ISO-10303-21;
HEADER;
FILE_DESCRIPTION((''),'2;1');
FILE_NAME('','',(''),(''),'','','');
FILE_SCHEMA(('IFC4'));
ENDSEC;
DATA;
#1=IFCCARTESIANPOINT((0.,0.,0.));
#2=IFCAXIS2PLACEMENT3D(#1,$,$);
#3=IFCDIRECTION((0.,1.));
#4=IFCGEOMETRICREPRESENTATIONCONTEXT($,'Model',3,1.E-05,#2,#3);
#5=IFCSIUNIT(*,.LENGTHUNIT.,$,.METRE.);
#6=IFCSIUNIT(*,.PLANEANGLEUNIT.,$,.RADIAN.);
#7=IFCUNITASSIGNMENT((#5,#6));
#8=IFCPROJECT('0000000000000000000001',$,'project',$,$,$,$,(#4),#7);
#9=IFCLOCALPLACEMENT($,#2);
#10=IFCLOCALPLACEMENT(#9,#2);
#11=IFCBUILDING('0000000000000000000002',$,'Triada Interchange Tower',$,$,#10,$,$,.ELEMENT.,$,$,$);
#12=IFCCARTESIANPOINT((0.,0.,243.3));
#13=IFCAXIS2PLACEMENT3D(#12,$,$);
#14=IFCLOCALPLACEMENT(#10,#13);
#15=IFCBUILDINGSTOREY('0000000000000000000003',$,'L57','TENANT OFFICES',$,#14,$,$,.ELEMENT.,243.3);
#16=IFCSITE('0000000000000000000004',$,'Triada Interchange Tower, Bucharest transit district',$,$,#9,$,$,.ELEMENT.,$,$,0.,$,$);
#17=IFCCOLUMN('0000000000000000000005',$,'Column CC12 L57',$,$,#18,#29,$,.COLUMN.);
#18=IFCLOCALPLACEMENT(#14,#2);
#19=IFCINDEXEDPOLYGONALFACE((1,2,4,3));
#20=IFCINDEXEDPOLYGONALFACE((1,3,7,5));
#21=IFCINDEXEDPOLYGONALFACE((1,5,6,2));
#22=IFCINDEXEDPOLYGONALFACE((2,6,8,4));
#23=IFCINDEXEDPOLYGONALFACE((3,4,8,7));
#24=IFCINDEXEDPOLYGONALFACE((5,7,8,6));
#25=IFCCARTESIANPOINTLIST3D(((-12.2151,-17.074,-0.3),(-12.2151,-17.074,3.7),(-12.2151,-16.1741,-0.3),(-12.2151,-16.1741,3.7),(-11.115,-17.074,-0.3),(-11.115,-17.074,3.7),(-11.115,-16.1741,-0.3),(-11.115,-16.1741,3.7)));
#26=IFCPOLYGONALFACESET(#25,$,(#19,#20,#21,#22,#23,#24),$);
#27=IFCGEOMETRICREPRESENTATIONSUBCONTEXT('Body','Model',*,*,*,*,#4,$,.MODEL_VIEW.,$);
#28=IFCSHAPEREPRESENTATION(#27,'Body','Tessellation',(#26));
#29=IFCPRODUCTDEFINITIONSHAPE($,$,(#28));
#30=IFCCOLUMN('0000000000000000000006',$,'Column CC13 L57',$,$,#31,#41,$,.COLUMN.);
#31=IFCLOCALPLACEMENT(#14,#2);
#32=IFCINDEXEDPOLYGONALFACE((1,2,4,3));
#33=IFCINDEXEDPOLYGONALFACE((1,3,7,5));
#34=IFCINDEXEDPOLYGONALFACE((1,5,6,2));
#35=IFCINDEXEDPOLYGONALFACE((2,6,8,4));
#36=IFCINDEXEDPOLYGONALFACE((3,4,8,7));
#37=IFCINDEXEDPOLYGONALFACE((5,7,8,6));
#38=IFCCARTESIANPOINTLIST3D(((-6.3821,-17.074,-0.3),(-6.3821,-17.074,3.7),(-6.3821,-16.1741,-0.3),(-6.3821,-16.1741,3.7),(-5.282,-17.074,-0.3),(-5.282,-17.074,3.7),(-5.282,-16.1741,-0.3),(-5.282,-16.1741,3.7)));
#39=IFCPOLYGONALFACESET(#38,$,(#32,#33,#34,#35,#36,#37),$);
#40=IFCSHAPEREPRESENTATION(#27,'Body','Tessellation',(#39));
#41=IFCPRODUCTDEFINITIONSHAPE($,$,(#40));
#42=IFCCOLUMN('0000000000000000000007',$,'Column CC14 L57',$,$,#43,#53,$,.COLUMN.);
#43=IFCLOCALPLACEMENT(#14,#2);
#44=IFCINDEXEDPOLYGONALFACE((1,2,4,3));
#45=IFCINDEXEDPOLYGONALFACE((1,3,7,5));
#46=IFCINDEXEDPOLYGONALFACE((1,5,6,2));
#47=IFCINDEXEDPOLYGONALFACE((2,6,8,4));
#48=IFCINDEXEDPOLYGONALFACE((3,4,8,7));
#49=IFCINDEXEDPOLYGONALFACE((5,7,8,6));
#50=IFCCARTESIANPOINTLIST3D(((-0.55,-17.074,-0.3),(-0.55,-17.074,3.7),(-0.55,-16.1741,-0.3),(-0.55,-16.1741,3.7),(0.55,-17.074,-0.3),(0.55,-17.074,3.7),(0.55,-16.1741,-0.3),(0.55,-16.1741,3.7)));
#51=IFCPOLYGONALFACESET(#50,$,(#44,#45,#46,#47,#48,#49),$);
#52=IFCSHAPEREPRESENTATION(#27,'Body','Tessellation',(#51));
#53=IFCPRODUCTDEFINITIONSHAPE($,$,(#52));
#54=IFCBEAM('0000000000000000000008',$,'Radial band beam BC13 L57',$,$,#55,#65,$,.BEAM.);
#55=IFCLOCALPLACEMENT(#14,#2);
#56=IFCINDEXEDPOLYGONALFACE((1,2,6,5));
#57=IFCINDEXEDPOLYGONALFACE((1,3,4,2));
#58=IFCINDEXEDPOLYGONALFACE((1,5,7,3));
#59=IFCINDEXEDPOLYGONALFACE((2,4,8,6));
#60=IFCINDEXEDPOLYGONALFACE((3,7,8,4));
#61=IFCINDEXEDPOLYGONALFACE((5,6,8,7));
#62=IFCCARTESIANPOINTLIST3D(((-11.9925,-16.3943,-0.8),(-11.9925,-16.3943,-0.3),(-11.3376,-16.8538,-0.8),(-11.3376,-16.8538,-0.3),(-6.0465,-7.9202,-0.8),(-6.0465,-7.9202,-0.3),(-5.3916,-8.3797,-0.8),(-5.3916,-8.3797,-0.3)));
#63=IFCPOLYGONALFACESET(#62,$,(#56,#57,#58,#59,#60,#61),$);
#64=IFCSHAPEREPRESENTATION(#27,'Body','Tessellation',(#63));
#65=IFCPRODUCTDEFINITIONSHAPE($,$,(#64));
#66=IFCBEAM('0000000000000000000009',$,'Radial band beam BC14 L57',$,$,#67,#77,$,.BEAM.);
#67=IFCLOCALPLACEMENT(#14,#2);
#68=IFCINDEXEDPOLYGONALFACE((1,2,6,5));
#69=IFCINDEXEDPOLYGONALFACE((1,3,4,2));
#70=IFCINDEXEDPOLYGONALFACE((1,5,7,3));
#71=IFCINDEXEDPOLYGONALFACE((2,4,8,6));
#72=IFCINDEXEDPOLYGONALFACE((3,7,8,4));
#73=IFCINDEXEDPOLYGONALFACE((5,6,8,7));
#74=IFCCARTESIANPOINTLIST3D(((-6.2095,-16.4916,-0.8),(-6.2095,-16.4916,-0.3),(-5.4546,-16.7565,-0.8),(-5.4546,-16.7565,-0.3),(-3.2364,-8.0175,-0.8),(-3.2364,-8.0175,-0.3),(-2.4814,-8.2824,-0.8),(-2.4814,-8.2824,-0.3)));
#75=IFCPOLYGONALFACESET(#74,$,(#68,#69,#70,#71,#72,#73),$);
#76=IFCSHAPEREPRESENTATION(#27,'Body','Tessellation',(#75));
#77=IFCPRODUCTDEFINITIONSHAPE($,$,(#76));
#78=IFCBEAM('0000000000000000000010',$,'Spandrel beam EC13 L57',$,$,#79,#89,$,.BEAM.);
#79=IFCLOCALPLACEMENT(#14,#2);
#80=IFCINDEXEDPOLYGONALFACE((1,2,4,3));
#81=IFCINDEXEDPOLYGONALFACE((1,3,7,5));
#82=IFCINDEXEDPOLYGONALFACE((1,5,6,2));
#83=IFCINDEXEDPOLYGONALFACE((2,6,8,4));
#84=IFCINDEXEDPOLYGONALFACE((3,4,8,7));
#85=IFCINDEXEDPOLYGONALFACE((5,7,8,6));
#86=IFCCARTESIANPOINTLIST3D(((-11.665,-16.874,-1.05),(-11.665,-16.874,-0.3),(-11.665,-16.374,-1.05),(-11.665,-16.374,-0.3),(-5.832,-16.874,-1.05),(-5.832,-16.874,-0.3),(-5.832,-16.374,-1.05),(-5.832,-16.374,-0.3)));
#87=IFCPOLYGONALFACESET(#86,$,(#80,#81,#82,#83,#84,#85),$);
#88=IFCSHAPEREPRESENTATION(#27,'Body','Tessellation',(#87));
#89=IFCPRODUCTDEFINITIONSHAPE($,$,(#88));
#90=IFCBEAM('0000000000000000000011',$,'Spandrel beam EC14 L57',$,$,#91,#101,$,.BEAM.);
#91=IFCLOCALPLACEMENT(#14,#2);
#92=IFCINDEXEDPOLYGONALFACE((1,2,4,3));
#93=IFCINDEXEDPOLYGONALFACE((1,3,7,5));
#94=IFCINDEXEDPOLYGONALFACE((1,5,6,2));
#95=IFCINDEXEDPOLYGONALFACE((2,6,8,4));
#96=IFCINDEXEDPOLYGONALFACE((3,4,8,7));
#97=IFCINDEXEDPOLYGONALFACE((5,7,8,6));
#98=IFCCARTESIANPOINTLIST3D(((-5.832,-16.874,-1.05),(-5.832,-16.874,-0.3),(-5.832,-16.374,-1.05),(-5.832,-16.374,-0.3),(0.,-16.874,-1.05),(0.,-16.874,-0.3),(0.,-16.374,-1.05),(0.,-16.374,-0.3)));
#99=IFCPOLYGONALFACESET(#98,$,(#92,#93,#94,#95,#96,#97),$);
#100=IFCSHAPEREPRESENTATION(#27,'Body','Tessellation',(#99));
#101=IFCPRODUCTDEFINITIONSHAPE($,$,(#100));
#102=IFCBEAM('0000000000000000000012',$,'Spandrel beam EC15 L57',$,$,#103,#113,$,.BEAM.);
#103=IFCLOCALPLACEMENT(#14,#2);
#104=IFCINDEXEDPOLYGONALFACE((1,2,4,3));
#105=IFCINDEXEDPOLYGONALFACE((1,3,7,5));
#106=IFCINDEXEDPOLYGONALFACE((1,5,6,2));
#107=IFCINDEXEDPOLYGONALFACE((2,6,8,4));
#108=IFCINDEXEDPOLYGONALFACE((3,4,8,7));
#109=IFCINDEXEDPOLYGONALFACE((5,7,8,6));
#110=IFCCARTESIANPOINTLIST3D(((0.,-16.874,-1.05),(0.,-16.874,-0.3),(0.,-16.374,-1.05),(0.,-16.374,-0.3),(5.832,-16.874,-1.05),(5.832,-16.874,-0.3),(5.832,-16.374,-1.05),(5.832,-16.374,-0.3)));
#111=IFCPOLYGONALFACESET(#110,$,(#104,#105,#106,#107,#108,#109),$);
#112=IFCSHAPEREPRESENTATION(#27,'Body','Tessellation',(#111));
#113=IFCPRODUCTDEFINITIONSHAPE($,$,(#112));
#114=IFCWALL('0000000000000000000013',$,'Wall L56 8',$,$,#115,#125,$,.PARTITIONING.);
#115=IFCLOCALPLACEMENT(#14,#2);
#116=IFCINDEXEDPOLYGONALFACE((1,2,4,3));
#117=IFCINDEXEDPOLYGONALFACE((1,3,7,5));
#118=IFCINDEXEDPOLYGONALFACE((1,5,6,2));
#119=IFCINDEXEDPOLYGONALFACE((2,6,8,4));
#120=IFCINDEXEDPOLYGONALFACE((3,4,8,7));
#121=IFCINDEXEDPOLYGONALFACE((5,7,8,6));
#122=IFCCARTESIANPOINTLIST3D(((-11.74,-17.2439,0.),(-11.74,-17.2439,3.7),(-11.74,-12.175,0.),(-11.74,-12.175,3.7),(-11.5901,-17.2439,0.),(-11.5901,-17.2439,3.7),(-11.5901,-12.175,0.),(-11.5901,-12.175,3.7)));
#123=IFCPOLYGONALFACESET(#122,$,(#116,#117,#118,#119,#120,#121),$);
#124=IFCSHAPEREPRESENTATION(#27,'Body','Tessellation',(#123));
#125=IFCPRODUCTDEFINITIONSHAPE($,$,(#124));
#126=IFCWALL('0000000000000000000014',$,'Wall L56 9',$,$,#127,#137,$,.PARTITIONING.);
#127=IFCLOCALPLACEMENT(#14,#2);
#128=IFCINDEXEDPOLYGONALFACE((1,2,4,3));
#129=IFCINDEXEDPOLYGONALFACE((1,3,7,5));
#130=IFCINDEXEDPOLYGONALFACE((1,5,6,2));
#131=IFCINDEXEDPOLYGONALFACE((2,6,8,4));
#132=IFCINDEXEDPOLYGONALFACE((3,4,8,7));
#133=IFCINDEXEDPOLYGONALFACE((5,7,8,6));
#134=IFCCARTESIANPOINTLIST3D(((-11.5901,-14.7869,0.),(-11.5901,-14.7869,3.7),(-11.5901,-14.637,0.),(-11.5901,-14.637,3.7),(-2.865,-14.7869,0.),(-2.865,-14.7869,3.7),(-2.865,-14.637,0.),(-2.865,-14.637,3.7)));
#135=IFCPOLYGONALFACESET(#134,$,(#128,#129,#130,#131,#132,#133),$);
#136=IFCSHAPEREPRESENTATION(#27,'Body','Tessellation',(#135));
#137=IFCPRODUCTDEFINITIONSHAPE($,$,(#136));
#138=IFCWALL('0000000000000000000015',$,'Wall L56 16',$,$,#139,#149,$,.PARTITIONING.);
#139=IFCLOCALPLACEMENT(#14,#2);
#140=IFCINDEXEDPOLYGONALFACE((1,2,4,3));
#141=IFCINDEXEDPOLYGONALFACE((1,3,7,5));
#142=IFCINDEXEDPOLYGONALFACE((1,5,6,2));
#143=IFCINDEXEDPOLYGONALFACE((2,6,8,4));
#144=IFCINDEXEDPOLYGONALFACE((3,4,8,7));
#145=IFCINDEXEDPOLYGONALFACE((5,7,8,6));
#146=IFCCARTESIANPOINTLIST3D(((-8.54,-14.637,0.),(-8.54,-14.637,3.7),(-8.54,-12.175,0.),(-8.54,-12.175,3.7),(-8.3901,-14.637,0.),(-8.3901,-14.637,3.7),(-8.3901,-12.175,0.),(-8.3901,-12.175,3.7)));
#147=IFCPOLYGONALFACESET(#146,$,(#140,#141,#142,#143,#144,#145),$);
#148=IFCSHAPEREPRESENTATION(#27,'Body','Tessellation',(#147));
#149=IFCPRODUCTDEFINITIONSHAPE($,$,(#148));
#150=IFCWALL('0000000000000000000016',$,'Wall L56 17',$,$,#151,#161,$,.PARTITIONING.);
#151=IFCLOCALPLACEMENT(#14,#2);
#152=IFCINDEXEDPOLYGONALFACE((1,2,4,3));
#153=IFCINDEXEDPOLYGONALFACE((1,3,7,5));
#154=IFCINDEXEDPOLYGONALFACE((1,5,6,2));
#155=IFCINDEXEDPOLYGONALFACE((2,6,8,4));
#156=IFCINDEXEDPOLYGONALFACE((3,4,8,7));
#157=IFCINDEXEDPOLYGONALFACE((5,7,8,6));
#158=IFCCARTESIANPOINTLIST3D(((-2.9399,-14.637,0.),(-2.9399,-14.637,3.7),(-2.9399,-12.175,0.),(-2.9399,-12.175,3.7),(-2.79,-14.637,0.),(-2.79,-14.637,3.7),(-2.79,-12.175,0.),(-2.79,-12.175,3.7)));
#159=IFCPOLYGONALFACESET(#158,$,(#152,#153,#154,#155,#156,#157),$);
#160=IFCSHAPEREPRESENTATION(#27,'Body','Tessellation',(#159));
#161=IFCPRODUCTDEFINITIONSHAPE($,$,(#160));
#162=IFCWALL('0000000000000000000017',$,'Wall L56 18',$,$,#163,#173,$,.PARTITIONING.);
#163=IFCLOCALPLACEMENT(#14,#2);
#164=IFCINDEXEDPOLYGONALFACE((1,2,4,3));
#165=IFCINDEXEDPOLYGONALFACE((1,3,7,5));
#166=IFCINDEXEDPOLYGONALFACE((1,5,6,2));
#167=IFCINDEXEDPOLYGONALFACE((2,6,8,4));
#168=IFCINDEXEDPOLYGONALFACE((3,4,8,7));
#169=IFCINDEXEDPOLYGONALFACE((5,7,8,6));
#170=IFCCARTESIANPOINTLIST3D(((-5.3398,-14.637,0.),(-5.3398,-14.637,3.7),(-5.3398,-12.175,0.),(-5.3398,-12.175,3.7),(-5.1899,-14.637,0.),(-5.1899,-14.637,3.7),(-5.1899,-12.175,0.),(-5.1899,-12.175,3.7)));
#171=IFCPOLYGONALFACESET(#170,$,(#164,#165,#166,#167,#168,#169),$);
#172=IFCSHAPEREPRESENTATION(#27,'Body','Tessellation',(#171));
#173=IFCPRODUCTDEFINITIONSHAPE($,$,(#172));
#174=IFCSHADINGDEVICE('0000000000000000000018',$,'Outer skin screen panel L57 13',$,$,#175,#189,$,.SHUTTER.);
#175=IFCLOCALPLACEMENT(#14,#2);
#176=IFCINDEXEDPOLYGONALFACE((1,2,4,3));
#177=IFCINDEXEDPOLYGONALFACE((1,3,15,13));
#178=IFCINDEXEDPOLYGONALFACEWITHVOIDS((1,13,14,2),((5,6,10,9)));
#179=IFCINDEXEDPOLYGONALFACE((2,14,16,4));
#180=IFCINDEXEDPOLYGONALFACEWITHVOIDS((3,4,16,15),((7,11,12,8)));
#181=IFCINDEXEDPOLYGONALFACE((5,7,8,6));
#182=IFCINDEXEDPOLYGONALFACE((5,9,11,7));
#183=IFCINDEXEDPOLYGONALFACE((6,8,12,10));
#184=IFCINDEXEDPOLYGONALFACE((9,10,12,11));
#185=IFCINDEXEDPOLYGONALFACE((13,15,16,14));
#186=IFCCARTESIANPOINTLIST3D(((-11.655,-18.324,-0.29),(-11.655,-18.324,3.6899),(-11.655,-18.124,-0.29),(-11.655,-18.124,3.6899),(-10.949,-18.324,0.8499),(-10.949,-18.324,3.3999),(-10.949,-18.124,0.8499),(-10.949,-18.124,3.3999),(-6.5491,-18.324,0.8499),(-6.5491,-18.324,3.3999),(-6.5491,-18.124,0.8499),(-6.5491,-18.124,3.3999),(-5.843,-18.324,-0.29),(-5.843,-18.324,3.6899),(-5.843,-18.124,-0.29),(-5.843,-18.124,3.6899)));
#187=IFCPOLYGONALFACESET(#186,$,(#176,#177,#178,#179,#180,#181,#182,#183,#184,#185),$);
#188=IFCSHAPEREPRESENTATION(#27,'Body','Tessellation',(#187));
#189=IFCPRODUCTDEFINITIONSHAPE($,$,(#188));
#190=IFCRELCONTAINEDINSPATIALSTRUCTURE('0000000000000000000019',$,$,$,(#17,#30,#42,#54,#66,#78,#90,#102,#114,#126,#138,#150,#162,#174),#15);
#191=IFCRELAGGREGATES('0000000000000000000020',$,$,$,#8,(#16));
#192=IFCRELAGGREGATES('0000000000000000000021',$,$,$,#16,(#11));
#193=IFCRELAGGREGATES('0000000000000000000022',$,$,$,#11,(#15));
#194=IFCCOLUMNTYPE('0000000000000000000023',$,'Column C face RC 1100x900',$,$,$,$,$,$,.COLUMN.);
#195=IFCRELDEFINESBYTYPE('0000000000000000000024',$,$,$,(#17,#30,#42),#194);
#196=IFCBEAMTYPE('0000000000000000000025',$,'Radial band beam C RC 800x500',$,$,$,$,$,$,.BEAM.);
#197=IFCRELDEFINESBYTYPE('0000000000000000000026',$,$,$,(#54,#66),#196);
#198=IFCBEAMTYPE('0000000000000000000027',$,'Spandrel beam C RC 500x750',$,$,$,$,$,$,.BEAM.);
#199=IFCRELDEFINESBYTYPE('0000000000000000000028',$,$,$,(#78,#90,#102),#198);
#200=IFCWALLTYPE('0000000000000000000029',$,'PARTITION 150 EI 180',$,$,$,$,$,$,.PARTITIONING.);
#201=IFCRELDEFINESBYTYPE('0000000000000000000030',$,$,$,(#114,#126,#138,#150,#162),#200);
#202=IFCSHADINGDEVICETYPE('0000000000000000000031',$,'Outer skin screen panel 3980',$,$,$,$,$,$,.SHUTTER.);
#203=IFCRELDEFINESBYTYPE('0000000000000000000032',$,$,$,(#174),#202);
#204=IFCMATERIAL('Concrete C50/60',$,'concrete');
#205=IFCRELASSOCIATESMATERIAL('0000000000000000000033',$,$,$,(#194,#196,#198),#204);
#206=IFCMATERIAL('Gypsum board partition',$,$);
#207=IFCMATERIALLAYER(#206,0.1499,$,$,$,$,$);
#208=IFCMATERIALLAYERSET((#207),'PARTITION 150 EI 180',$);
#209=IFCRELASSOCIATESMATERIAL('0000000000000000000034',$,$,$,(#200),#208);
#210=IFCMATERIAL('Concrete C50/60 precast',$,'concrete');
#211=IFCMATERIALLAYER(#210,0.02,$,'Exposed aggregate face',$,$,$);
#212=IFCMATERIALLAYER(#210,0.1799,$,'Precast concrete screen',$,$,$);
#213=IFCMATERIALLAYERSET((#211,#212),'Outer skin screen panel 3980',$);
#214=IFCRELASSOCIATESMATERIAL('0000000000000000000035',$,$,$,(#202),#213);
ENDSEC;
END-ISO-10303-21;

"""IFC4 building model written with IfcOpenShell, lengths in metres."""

from ifc_helpers import new_model, si_unit, direction, frame, frame_2d, origin, origin_2d, place, context, subcontext, project, spatial, polyline, rectangle, outline, extrude, material, layer, layer_set, material_profile, profile_set, type_object, element, save


model = new_model("IFC4")

# Units and contexts
model_context = context("Model", 3, precision=1e-05, world=origin(), true_north=direction((0.0, 1.0)))
body_context = subcontext(model_context, "Body", "Model", "MODEL_VIEW")
ifc_project = project(units=[si_unit("LENGTHUNIT", "METRE"), si_unit("PLANEANGLEUNIT", "RADIAN")], contexts=[model_context])

# Site, building, storey
site_placement = place(None, origin())
site = spatial("IfcSite", under=ifc_project, at=site_placement, Name="Triada Interchange Tower, Bucharest transit district", CompositionType="ELEMENT", RefElevation=0.0)
building_placement = place(site_placement, origin())
building = spatial("IfcBuilding", under=site, at=building_placement, Name="Triada Interchange Tower", CompositionType="ELEMENT")
storey_placement = place(building_placement, frame((0.0, 0.0, 243.3)))
storey = spatial("IfcBuildingStorey", under=building, at=storey_placement, Name="L57", Description="TENANT OFFICES", CompositionType="ELEMENT", Elevation=243.3)

# Columns
ifc_material_1 = material(Name="Concrete C50/60", Category="concrete")
ifc_material_profile_1 = material_profile(ifc_material_1, rectangle(XDim=1.1001, YDim=0.8999, at=origin_2d()), Name="RC 1100x900")
ifc_profile_set_1 = profile_set([ifc_material_profile_1], Name="Concrete C50/60")
column_type = type_object("IfcColumnType", Name="Column C face RC 1100x900", PredefinedType="COLUMN", material=ifc_profile_set_1)
for number, where, z_axis, x_axis, name in (
    (1, (-11.665, -16.624, -0.3), (0.0, 0.0, 1.0), (1.0, 0.0, 0.0), "Column CC12 L57"),
    (2, (-5.832, -16.624, -0.3), (0.0, 0.0, 1.0), (1.0, 0.0, 0.0), "Column CC13 L57"),
    (3, (0.0, -16.624, -0.3), (0.0, 0.0, 1.0), (1.0, 0.0, 0.0), "Column CC14 L57"),
):
    element("IfcColumn", number, at=place(storey_placement, frame(where, z_axis=z_axis, x_axis=x_axis)), inside=storey, type_object=column_type, Name=name, PredefinedType="COLUMN", context=body_context, shape_type="SweptSolid", body=[
        extrude(rectangle(XDim=1.1001, YDim=0.8999, at=origin_2d()), origin(), (0.0, 0.0, 1.0), 4.0),
    ])

# Beams
ifc_material_profile_2 = material_profile(ifc_material_1, rectangle(XDim=0.8, YDim=0.5, at=origin_2d()), Name="RC 800x500")
ifc_profile_set_2 = profile_set([ifc_material_profile_2], Name="Concrete C50/60")
beam_type_1 = type_object("IfcBeamType", Name="Radial band beam C RC 800x500", PredefinedType="BEAM", material=ifc_profile_set_2)
beam_1_placement = place(storey_placement, frame((-11.665, -16.624, -0.55), z_axis=(0.57438, 0.818589, 0.0), x_axis=(-0.818589, 0.57438, 0.0)))
element("IfcBeam", 4, at=beam_1_placement, inside=storey, type_object=beam_type_1, Name="Radial band beam BC13 L57", PredefinedType="BEAM", context=body_context, shape_type="SweptSolid", body=[
    extrude(rectangle(XDim=0.8, YDim=0.5, at=origin_2d()), origin(), (0.0, 0.0, 1.0), 10.3521),
])
beam_2_placement = place(storey_placement, frame((-5.832, -16.624, -0.55), z_axis=(0.331065, 0.943608, 0.0), x_axis=(-0.943608, 0.331065, 0.0)))
element("IfcBeam", 5, at=beam_2_placement, inside=storey, type_object=beam_type_1, Name="Radial band beam BC14 L57", PredefinedType="BEAM", context=body_context, shape_type="SweptSolid", body=[
    extrude(rectangle(XDim=0.8, YDim=0.5, at=origin_2d()), origin(), (0.0, 0.0, 1.0), 8.9805),
])
ifc_material_profile_3 = material_profile(ifc_material_1, rectangle(XDim=0.5, YDim=0.75, at=origin_2d()), Name="RC 500x750")
ifc_profile_set_3 = profile_set([ifc_material_profile_3], Name="Concrete C50/60")
beam_type_2 = type_object("IfcBeamType", Name="Spandrel beam C RC 500x750", PredefinedType="BEAM", material=ifc_profile_set_3)
beam_3_placement = place(storey_placement, frame((-11.665, -16.624, -0.675), z_axis=(1.0, 0.0, 0.0), x_axis=(0.0, 1.0, 0.0)))
element("IfcBeam", 6, at=beam_3_placement, inside=storey, type_object=beam_type_2, Name="Spandrel beam EC13 L57", PredefinedType="BEAM", context=body_context, shape_type="SweptSolid", body=[
    extrude(rectangle(XDim=0.5, YDim=0.75, at=origin_2d()), origin(), (0.0, 0.0, 1.0), 5.833),
])
for number, where, z_axis, x_axis, name in (
    (7, (-5.832, -16.624, -0.675), (1.0, 0.0, 0.0), (0.0, 1.0, 0.0), "Spandrel beam EC14 L57"),
    (8, (0.0, -16.624, -0.675), (1.0, 0.0, 0.0), (0.0, 1.0, 0.0), "Spandrel beam EC15 L57"),
):
    element("IfcBeam", number, at=place(storey_placement, frame(where, z_axis=z_axis, x_axis=x_axis)), inside=storey, type_object=beam_type_2, Name=name, PredefinedType="BEAM", context=body_context, shape_type="SweptSolid", body=[
        extrude(rectangle(XDim=0.5, YDim=0.75, at=origin_2d()), origin(), (0.0, 0.0, 1.0), 5.832),
    ])

# Walls
ifc_material_2 = material(Name="Gypsum board partition")
ifc_layer_1 = layer(ifc_material_2, 0.1499)
ifc_layer_set_1 = layer_set([ifc_layer_1], Name="PARTITION 150 EI 180")
wall_type = type_object("IfcWallType", Name="PARTITION 150 EI 180", PredefinedType="PARTITIONING", material=ifc_layer_set_1)
wall_1_placement = place(storey_placement, frame((-11.665, -17.2439, 0.0), z_axis=(0.0, 0.0, 1.0), x_axis=(0.0, 1.0, 0.0)))
element("IfcWall", 9, at=wall_1_placement, inside=storey, type_object=wall_type, Name="Wall L56 8", PredefinedType="PARTITIONING", context=body_context, shape_type="SweptSolid", body=[
    extrude(rectangle(XDim=5.0688, YDim=0.1499, at=frame_2d((2.5344, 0.0))), origin(), (0.0, 0.0, 1.0), 3.7),
])
wall_2_placement = place(storey_placement, frame((-11.5901, -14.7119, 0.0), z_axis=(0.0, 0.0, 1.0), x_axis=(1.0, 0.0, 0.0)))
element("IfcWall", 10, at=wall_2_placement, inside=storey, type_object=wall_type, Name="Wall L56 9", PredefinedType="PARTITIONING", context=body_context, shape_type="SweptSolid", body=[
    extrude(rectangle(XDim=8.7251, YDim=0.1499, at=frame_2d((4.3625, 0.0))), origin(), (0.0, 0.0, 1.0), 3.7),
])
for number, where, z_axis, x_axis, name in (
    (11, (-8.4651, -14.637, 0.0), (0.0, 0.0, 1.0), (0.0, 1.0, 0.0), "Wall L56 16"),
    (12, (-2.865, -14.637, 0.0), (0.0, 0.0, 1.0), (0.0, 1.0, 0.0), "Wall L56 17"),
    (13, (-5.2649, -14.637, 0.0), (0.0, 0.0, 1.0), (0.0, 1.0, 0.0), "Wall L56 18"),
):
    element("IfcWall", number, at=place(storey_placement, frame(where, z_axis=z_axis, x_axis=x_axis)), inside=storey, type_object=wall_type, Name=name, PredefinedType="PARTITIONING", context=body_context, shape_type="SweptSolid", body=[
        extrude(rectangle(XDim=2.4619, YDim=0.1499, at=frame_2d((1.231, 0.0))), origin(), (0.0, 0.0, 1.0), 3.7),
    ])

# Shading device
ifc_material_3 = material(Name="Concrete C50/60 precast", Category="concrete")
ifc_layer_2 = layer(ifc_material_3, 0.02, Name="Exposed aggregate face")
ifc_layer_3 = layer(ifc_material_3, 0.1799, Name="Precast concrete screen")
ifc_layer_set_2 = layer_set([ifc_layer_2, ifc_layer_3], Name="Outer skin screen panel 3980")
shading_device_type = type_object("IfcShadingDeviceType", Name="Outer skin screen panel 3980", PredefinedType="SHUTTER", material=ifc_layer_set_2)
shading_device_1_placement = place(storey_placement, frame((-11.655, -18.124, -0.29), z_axis=(0.0, 0.0, 1.0), x_axis=(1.0, 0.0, 0.0)))
element("IfcShadingDevice", 14, at=shading_device_1_placement, inside=storey, type_object=shading_device_type, Name="Outer skin screen panel L57 13", PredefinedType="SHUTTER", context=body_context, shape_type="SweptSolid", body=[
    extrude(outline(polyline([(0.0, 0.0), (5.812, 0.0), (5.812, 3.98), (0.0, 3.98), (0.0, 0.0)]), holes=[polyline([(0.7061, 1.1399), (0.7061, 3.6899), (5.106, 3.6899), (5.106, 1.1399), (0.7061, 1.1399)])]), frame((0.0, 0.0, 0.0), z_axis=(0.0, -1.0, 0.0), x_axis=(1.0, 0.0, 0.0)), (0.0, 0.0, 1.0), 0.2),
])

save(model, "model.ifc")
